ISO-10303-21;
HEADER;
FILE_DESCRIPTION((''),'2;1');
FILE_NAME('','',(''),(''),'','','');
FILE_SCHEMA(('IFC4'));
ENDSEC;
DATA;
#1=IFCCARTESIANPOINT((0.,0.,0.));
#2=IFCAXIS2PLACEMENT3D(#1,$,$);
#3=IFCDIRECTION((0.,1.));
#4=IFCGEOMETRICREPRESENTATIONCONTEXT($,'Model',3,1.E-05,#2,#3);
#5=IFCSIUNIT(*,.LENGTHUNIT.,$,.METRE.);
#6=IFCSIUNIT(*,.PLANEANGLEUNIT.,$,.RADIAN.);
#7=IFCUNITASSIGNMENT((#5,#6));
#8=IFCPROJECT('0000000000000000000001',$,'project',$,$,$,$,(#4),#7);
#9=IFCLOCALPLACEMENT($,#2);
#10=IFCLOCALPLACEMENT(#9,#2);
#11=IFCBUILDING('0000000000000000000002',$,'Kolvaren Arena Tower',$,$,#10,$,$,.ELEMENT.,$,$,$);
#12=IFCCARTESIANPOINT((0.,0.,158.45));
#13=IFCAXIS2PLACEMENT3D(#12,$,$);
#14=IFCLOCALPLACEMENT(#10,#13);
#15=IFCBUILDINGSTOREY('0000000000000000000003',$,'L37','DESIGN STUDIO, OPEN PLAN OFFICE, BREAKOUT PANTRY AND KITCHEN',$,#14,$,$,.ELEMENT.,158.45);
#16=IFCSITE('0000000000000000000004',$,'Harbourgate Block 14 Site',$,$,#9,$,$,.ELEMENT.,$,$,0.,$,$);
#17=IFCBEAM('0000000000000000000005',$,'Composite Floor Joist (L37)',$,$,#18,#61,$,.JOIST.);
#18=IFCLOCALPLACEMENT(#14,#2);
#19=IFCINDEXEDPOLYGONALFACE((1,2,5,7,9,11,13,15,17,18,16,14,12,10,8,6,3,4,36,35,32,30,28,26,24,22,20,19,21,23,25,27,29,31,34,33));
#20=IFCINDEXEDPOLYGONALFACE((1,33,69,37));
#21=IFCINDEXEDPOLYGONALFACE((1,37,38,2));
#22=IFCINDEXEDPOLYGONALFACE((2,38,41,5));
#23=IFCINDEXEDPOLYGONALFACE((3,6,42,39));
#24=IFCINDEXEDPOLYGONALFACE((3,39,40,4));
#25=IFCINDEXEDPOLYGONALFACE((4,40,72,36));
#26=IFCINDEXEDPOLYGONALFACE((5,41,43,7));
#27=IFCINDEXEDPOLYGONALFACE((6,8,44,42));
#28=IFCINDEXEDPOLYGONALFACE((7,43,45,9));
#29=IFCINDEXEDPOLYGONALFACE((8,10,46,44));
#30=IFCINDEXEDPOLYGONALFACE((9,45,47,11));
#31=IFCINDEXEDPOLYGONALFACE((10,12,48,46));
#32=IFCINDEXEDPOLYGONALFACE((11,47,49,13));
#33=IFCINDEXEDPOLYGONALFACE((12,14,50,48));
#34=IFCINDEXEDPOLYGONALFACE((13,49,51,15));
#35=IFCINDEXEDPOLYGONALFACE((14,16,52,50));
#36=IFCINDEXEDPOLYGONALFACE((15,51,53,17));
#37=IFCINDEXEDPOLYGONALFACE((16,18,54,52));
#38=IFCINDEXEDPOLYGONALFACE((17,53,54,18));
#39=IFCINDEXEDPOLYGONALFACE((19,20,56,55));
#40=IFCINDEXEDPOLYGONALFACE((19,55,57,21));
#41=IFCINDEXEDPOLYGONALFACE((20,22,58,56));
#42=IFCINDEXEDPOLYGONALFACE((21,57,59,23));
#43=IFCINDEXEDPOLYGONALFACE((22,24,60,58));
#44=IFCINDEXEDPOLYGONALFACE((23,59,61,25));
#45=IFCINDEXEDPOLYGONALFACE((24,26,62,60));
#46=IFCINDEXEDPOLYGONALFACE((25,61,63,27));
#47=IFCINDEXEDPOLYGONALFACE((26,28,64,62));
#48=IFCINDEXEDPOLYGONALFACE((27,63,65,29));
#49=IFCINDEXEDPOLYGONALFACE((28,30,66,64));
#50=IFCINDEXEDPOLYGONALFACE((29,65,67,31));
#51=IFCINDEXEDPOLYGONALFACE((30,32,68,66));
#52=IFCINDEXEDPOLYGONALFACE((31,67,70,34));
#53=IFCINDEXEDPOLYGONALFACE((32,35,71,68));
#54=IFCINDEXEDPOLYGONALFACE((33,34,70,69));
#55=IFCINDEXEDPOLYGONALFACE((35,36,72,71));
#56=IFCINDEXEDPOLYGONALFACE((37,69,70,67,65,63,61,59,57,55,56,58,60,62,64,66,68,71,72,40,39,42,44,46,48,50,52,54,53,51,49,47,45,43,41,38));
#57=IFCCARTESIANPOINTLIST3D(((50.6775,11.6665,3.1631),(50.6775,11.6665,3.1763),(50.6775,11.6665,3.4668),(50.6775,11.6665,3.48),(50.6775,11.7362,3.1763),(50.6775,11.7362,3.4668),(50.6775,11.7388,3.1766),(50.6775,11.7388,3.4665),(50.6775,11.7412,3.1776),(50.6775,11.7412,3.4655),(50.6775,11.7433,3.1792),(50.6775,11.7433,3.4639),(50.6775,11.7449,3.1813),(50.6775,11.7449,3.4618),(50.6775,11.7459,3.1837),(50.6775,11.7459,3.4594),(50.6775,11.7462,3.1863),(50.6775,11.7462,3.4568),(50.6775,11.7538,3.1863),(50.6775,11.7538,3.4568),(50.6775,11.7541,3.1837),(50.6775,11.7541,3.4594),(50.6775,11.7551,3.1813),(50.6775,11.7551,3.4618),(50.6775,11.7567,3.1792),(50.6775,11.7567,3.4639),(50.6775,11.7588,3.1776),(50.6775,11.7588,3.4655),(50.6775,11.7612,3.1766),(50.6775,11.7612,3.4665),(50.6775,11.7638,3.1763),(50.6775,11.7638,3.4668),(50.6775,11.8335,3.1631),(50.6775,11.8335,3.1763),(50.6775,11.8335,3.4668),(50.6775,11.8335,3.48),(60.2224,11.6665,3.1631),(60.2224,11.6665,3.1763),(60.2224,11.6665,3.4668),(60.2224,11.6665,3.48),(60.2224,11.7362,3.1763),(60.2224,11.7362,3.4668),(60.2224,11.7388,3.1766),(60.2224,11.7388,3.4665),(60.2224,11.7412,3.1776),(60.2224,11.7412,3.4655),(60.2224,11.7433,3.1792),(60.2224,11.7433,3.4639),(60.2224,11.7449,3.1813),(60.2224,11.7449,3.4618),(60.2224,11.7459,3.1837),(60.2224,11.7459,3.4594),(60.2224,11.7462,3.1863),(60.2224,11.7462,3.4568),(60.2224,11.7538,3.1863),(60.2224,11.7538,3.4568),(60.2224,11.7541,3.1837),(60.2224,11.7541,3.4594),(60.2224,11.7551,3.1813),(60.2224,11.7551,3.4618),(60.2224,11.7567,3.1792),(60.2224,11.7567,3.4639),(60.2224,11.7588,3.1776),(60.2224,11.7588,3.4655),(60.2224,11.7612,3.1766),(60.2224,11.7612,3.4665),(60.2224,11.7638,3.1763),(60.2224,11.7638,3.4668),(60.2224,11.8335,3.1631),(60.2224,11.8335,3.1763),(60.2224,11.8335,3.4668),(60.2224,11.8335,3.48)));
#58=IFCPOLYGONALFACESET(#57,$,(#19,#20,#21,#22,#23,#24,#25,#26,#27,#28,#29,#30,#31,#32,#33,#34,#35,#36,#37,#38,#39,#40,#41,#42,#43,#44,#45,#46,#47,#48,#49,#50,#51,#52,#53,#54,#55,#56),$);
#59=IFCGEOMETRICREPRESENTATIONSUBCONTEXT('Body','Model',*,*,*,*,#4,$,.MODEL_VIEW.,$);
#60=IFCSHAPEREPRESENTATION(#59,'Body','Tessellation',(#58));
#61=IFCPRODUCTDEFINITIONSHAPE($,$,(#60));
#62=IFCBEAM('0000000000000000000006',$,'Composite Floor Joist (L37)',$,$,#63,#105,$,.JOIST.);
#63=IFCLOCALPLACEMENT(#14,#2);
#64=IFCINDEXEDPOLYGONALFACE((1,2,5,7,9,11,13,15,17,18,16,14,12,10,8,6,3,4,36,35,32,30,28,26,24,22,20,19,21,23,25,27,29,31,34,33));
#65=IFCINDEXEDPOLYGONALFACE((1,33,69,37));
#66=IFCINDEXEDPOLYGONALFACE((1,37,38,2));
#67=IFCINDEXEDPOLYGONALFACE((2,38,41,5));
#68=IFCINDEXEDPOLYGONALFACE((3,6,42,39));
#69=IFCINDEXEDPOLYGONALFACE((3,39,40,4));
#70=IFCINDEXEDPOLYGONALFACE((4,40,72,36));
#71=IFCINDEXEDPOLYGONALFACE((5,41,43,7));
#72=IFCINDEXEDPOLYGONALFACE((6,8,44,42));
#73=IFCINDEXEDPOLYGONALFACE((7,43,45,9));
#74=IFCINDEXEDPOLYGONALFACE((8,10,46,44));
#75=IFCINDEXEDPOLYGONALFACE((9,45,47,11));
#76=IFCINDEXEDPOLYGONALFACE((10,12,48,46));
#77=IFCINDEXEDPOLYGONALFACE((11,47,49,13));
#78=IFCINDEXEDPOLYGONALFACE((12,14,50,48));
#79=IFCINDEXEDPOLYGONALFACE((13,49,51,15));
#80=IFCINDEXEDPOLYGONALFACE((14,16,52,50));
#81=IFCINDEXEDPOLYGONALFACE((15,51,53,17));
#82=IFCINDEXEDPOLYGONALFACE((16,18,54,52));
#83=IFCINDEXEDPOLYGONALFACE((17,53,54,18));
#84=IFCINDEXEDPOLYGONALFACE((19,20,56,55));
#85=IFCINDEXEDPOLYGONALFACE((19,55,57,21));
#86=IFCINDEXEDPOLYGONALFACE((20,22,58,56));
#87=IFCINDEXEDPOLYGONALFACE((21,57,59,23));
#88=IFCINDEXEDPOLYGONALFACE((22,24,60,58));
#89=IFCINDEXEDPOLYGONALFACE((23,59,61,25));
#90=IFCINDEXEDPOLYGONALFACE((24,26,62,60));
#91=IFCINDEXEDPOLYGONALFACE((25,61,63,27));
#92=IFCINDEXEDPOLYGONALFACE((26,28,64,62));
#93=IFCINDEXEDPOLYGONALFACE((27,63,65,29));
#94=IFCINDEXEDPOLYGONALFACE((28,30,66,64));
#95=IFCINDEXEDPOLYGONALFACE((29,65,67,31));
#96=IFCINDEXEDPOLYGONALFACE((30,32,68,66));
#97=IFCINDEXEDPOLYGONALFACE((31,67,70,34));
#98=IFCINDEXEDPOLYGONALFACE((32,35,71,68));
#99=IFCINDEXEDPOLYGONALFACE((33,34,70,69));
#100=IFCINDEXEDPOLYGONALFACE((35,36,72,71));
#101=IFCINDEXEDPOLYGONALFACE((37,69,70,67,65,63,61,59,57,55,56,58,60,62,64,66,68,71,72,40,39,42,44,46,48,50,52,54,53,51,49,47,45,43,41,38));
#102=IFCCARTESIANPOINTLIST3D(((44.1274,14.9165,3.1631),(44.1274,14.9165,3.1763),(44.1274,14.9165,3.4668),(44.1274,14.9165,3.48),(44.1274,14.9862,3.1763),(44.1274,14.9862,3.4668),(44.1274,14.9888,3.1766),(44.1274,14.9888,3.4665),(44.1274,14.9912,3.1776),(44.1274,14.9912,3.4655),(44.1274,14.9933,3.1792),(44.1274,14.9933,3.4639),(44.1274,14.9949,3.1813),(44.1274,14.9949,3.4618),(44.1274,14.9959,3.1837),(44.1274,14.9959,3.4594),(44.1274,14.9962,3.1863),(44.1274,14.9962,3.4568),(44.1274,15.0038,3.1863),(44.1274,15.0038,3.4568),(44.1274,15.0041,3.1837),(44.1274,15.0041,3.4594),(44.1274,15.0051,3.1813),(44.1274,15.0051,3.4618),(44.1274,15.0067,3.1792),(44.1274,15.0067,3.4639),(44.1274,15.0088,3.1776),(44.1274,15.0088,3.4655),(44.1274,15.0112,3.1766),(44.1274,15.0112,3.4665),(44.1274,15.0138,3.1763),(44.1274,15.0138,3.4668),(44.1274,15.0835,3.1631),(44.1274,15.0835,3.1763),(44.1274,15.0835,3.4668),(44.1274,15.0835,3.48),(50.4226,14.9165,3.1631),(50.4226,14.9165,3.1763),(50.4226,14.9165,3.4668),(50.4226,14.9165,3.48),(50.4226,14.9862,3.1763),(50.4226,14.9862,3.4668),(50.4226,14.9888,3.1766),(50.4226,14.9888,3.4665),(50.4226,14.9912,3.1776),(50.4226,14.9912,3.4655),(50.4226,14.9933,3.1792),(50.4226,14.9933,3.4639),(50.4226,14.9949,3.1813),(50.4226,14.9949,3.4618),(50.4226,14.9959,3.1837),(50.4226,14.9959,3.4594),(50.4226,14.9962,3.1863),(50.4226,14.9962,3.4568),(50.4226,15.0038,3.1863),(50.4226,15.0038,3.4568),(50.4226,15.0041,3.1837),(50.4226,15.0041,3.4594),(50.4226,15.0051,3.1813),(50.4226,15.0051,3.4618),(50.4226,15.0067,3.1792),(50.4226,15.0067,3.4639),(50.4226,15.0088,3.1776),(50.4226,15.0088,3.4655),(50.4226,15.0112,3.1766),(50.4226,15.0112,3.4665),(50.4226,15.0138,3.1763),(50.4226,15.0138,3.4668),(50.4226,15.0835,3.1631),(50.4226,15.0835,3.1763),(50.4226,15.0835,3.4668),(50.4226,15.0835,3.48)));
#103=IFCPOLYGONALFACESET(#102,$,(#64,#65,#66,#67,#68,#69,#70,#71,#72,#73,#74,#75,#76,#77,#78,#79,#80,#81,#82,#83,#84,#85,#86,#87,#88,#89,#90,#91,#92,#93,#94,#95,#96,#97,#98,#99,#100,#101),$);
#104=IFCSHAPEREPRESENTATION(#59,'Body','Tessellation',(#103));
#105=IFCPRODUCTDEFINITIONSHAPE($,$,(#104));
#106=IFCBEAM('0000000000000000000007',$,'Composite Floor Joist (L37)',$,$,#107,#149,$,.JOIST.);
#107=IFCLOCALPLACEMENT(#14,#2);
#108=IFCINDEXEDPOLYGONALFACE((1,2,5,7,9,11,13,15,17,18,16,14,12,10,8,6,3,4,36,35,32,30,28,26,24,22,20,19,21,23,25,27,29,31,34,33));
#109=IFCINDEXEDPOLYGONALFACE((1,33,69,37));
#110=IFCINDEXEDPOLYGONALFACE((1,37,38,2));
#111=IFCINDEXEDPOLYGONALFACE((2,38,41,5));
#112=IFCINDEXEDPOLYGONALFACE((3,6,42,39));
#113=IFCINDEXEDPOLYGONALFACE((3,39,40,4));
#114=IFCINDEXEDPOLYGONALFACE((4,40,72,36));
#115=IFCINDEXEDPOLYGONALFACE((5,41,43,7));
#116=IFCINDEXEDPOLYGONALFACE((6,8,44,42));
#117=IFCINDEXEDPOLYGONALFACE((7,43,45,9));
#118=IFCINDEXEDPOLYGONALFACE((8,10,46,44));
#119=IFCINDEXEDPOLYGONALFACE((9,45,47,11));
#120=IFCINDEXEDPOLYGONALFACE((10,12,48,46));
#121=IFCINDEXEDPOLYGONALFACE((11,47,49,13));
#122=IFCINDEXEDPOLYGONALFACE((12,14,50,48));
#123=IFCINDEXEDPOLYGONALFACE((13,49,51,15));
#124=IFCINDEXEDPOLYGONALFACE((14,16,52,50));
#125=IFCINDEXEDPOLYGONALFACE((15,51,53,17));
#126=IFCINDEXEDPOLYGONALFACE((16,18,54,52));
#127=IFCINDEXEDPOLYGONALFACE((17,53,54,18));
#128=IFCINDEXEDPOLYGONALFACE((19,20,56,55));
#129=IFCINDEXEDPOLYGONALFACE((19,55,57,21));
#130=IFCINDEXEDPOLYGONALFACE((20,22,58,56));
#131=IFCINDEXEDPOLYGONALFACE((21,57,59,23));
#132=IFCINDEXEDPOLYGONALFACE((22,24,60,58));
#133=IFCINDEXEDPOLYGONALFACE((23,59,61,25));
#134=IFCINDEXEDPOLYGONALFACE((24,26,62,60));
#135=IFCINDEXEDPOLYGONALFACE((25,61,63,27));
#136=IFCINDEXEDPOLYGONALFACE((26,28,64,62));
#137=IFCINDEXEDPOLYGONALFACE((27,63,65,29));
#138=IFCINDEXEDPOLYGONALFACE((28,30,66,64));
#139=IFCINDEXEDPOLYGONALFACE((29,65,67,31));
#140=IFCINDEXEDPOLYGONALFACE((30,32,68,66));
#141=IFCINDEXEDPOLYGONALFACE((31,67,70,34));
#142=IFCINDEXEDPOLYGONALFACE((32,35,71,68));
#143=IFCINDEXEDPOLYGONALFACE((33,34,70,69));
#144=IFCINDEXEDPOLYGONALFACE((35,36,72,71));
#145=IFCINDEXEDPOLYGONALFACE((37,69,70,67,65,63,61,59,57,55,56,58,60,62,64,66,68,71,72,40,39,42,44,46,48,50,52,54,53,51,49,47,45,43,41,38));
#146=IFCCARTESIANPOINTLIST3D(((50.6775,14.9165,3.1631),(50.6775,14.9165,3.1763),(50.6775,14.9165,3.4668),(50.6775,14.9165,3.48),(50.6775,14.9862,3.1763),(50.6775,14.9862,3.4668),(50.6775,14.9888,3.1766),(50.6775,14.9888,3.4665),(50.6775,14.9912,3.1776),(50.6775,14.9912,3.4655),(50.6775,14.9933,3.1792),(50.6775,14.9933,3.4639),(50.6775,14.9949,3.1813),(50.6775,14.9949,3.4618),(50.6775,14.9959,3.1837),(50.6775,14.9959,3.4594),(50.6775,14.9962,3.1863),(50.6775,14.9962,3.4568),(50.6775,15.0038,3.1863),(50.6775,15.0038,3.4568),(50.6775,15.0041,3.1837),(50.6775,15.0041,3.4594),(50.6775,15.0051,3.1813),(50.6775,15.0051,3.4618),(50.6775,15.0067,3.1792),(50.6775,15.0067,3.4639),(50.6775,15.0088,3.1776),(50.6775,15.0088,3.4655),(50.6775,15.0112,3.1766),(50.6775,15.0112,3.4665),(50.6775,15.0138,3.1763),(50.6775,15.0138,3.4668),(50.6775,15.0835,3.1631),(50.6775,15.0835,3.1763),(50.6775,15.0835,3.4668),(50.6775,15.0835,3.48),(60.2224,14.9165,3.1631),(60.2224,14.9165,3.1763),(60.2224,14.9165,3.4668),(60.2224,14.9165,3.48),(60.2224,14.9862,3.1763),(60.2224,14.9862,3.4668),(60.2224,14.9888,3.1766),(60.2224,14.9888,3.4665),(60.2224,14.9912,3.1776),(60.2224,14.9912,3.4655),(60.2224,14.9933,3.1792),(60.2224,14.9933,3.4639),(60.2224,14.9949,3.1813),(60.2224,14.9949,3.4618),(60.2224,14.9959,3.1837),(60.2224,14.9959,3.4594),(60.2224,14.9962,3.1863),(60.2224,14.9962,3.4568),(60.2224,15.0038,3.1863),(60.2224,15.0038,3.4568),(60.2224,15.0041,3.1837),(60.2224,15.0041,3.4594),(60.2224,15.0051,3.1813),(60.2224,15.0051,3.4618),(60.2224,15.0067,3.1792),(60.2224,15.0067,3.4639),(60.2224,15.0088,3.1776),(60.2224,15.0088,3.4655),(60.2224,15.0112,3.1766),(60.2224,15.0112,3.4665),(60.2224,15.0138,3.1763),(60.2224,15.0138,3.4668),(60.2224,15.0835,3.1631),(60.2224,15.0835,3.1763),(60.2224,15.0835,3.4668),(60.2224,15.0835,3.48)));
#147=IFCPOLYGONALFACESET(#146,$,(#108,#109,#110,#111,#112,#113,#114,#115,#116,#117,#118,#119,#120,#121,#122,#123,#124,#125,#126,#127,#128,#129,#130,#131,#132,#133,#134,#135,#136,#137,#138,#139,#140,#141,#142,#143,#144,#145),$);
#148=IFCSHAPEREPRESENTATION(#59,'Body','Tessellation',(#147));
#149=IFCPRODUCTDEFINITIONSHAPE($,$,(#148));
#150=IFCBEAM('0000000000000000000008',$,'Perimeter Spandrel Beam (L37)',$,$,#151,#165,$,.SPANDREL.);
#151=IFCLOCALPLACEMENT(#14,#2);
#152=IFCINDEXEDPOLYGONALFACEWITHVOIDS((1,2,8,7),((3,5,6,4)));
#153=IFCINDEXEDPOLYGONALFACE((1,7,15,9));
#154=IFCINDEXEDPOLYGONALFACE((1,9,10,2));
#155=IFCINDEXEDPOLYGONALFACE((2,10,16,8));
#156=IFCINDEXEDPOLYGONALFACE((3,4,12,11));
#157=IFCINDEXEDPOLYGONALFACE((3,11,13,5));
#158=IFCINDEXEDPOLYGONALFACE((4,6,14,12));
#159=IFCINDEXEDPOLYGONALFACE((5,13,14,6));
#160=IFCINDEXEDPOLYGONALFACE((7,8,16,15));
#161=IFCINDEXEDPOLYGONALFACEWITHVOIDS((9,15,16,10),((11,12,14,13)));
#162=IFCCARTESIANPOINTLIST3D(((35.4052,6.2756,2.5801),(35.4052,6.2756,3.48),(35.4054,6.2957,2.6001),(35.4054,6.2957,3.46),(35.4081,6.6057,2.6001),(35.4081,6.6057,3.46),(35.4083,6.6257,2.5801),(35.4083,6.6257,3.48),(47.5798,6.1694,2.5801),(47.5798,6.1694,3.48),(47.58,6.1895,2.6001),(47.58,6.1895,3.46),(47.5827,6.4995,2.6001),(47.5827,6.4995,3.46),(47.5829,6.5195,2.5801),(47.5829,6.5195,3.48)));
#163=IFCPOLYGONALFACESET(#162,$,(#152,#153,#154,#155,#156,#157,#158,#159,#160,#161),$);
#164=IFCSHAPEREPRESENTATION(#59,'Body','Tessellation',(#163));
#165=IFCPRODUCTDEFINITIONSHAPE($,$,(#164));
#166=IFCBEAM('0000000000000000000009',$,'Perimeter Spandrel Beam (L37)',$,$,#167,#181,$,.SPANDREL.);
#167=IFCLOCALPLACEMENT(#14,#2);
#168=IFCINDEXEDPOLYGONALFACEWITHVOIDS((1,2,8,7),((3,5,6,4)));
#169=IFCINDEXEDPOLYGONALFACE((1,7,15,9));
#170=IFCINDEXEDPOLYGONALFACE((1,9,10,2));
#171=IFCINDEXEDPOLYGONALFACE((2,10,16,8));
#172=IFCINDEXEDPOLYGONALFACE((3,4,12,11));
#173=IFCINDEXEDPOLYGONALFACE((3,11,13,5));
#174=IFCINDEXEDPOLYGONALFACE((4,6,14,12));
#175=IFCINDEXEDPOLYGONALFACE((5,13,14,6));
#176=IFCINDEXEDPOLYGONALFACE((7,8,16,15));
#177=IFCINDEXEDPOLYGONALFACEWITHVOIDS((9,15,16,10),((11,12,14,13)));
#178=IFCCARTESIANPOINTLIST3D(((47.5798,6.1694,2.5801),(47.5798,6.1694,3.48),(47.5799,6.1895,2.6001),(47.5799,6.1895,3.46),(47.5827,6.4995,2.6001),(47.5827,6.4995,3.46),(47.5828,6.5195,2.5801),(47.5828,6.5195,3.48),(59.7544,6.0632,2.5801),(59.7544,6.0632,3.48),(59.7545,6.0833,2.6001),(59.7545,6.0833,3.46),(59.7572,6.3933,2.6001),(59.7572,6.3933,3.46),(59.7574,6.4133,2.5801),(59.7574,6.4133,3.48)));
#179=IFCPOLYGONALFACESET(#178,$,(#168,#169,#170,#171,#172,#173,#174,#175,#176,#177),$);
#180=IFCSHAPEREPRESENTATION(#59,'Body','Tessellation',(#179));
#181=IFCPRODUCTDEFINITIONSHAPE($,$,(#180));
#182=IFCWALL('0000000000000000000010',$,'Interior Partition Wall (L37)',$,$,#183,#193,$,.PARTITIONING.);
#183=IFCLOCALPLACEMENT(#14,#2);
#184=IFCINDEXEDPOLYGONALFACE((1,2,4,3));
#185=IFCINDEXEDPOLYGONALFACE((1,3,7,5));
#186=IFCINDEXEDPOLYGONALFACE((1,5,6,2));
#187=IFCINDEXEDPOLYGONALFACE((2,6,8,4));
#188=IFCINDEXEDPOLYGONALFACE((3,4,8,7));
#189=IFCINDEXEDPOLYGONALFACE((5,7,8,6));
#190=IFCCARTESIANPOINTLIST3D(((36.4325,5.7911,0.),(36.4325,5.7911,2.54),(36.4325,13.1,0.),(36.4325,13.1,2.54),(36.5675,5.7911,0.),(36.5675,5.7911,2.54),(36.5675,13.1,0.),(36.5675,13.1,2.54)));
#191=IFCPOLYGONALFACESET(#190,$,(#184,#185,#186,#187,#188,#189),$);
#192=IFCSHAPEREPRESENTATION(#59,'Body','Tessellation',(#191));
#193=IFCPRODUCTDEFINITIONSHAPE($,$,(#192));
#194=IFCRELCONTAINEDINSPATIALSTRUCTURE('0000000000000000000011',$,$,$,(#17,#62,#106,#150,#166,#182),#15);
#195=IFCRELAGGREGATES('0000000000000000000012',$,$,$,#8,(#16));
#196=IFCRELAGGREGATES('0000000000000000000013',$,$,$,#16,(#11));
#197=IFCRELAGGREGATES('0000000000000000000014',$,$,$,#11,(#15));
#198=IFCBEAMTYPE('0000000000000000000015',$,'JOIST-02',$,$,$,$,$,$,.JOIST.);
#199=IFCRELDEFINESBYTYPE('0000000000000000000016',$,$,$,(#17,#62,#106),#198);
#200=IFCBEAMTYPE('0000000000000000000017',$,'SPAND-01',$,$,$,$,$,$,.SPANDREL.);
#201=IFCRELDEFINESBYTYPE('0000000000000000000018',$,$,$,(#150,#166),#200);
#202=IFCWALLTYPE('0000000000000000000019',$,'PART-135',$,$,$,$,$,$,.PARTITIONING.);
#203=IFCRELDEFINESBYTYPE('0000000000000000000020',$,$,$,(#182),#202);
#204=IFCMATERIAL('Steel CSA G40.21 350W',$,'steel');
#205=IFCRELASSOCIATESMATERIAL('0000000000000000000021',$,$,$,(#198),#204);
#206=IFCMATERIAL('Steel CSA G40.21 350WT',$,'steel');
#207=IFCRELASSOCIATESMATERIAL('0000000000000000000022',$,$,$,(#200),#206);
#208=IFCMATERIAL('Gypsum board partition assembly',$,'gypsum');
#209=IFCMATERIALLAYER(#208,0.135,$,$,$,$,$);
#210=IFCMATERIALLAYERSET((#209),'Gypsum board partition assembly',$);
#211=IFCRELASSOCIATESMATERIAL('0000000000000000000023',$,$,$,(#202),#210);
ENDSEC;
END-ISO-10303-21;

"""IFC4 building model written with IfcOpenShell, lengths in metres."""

from ifc_helpers import new_model, si_unit, direction, frame, frame_2d, origin, origin_2d, place, context, subcontext, project, spatial, rectangle, hollow_rectangle, i_section, extrude, material, layer, layer_set, material_profile, profile_set, type_object, element, save


model = new_model("IFC4")

# Units and contexts
model_context = context("Model", 3, precision=1e-05, world=origin(), true_north=direction((0.0, 1.0)))
body_context = subcontext(model_context, "Body", "Model", "MODEL_VIEW")
ifc_project = project(units=[si_unit("LENGTHUNIT", "METRE"), si_unit("PLANEANGLEUNIT", "RADIAN")], contexts=[model_context])

# Site, building, storey
site_placement = place(None, origin())
site = spatial("IfcSite", under=ifc_project, at=site_placement, Name="Harbourgate Block 14 Site", CompositionType="ELEMENT", RefElevation=0.0)
building_placement = place(site_placement, origin())
building = spatial("IfcBuilding", under=site, at=building_placement, Name="Kolvaren Arena Tower", CompositionType="ELEMENT")
storey_placement = place(building_placement, frame((0.0, 0.0, 158.45)))
storey = spatial("IfcBuildingStorey", under=building, at=storey_placement, Name="L37", Description="DESIGN STUDIO, OPEN PLAN OFFICE, BREAKOUT PANTRY AND KITCHEN", CompositionType="ELEMENT", Elevation=158.45)

# Beams
ifc_material_1 = material(Name="Steel CSA G40.21 350W", Category="steel")
ifc_material_profile_1 = material_profile(ifc_material_1, i_section(OverallWidth=0.167, OverallDepth=0.3169, WebThickness=0.0076, FlangeThickness=0.0132, FilletRadius=0.01, at=origin_2d()), Name="W310x52")
ifc_profile_set_1 = profile_set([ifc_material_profile_1], Name="Steel CSA G40.21 350W")
beam_type_1 = type_object("IfcBeamType", Name="JOIST-02", PredefinedType="JOIST", material=ifc_profile_set_1)
beam_1_placement = place(storey_placement, frame((50.6775, 11.75, 3.3215), z_axis=(1.0, 0.0, 0.0), x_axis=(0.0, 1.0, 0.0)))
element("IfcBeam", 1, at=beam_1_placement, inside=storey, type_object=beam_type_1, Name="Composite Floor Joist (L37)", PredefinedType="JOIST", context=body_context, shape_type="SweptSolid", body=[
    extrude(i_section(OverallWidth=0.167, OverallDepth=0.3169, WebThickness=0.0076, FlangeThickness=0.0132, FilletRadius=0.01, at=origin_2d()), origin(), (0.0, 0.0, 1.0), 9.5449),
])
beam_2_placement = place(storey_placement, frame((44.1274, 15.0, 3.3215), z_axis=(1.0, 0.0, 0.0), x_axis=(0.0, 1.0, 0.0)))
element("IfcBeam", 2, at=beam_2_placement, inside=storey, type_object=beam_type_1, Name="Composite Floor Joist (L37)", PredefinedType="JOIST", context=body_context, shape_type="SweptSolid", body=[
    extrude(i_section(OverallWidth=0.167, OverallDepth=0.3169, WebThickness=0.0076, FlangeThickness=0.0132, FilletRadius=0.01, at=origin_2d()), origin(), (0.0, 0.0, 1.0), 6.2952),
])
beam_3_placement = place(storey_placement, frame((50.6775, 15.0, 3.3215), z_axis=(1.0, 0.0, 0.0), x_axis=(0.0, 1.0, 0.0)))
element("IfcBeam", 3, at=beam_3_placement, inside=storey, type_object=beam_type_1, Name="Composite Floor Joist (L37)", PredefinedType="JOIST", context=body_context, shape_type="SweptSolid", body=[
    extrude(i_section(OverallWidth=0.167, OverallDepth=0.3169, WebThickness=0.0076, FlangeThickness=0.0132, FilletRadius=0.01, at=origin_2d()), origin(), (0.0, 0.0, 1.0), 9.5449),
])
ifc_material_2 = material(Name="Steel CSA G40.21 350WT", Category="steel")
ifc_material_profile_2 = material_profile(ifc_material_2, hollow_rectangle(XDim=0.3501, YDim=0.8999, WallThickness=0.02, at=origin_2d()), Name="HSS 900x350x20")
ifc_profile_set_2 = profile_set([ifc_material_profile_2], Name="Steel CSA G40.21 350WT")
beam_type_2 = type_object("IfcBeamType", Name="SPAND-01", PredefinedType="SPANDREL", material=ifc_profile_set_2)
for number, where, z_axis, x_axis, name in (
    (4, (35.4067, 6.4507, 3.03), (0.999962, -0.008723, 0.0), (0.008723, 0.999962, 0.0), "Perimeter Spandrel Beam (L37)"),
    (5, (47.5813, 6.3445, 3.03), (0.999962, -0.008723, 0.0), (0.008723, 0.999962, 0.0), "Perimeter Spandrel Beam (L37)"),
):
    element("IfcBeam", number, at=place(storey_placement, frame(where, z_axis=z_axis, x_axis=x_axis)), inside=storey, type_object=beam_type_2, Name=name, PredefinedType="SPANDREL", context=body_context, shape_type="SweptSolid", body=[
        extrude(hollow_rectangle(XDim=0.3501, YDim=0.8999, WallThickness=0.02, at=origin_2d()), origin(), (0.0, 0.0, 1.0), 12.175),
    ])

# Wall
ifc_material_3 = material(Name="Gypsum board partition assembly", Category="gypsum")
ifc_layer = layer(ifc_material_3, 0.135)
ifc_layer_set = layer_set([ifc_layer], Name="Gypsum board partition assembly")
wall_type = type_object("IfcWallType", Name="PART-135", PredefinedType="PARTITIONING", material=ifc_layer_set)
wall_1_placement = place(storey_placement, frame((36.5, 5.7913, 0.0), z_axis=(0.0, 0.0, 1.0), x_axis=(0.0, 1.0, 0.0)))
element("IfcWall", 6, at=wall_1_placement, inside=storey, type_object=wall_type, Name="Interior Partition Wall (L37)", PredefinedType="PARTITIONING", context=body_context, shape_type="SweptSolid", body=[
    extrude(rectangle(XDim=7.3088, YDim=0.135, at=frame_2d((3.6543, 0.0))), origin(), (0.0, 0.0, 1.0), 2.54),
])

save(model, "model.ifc")
